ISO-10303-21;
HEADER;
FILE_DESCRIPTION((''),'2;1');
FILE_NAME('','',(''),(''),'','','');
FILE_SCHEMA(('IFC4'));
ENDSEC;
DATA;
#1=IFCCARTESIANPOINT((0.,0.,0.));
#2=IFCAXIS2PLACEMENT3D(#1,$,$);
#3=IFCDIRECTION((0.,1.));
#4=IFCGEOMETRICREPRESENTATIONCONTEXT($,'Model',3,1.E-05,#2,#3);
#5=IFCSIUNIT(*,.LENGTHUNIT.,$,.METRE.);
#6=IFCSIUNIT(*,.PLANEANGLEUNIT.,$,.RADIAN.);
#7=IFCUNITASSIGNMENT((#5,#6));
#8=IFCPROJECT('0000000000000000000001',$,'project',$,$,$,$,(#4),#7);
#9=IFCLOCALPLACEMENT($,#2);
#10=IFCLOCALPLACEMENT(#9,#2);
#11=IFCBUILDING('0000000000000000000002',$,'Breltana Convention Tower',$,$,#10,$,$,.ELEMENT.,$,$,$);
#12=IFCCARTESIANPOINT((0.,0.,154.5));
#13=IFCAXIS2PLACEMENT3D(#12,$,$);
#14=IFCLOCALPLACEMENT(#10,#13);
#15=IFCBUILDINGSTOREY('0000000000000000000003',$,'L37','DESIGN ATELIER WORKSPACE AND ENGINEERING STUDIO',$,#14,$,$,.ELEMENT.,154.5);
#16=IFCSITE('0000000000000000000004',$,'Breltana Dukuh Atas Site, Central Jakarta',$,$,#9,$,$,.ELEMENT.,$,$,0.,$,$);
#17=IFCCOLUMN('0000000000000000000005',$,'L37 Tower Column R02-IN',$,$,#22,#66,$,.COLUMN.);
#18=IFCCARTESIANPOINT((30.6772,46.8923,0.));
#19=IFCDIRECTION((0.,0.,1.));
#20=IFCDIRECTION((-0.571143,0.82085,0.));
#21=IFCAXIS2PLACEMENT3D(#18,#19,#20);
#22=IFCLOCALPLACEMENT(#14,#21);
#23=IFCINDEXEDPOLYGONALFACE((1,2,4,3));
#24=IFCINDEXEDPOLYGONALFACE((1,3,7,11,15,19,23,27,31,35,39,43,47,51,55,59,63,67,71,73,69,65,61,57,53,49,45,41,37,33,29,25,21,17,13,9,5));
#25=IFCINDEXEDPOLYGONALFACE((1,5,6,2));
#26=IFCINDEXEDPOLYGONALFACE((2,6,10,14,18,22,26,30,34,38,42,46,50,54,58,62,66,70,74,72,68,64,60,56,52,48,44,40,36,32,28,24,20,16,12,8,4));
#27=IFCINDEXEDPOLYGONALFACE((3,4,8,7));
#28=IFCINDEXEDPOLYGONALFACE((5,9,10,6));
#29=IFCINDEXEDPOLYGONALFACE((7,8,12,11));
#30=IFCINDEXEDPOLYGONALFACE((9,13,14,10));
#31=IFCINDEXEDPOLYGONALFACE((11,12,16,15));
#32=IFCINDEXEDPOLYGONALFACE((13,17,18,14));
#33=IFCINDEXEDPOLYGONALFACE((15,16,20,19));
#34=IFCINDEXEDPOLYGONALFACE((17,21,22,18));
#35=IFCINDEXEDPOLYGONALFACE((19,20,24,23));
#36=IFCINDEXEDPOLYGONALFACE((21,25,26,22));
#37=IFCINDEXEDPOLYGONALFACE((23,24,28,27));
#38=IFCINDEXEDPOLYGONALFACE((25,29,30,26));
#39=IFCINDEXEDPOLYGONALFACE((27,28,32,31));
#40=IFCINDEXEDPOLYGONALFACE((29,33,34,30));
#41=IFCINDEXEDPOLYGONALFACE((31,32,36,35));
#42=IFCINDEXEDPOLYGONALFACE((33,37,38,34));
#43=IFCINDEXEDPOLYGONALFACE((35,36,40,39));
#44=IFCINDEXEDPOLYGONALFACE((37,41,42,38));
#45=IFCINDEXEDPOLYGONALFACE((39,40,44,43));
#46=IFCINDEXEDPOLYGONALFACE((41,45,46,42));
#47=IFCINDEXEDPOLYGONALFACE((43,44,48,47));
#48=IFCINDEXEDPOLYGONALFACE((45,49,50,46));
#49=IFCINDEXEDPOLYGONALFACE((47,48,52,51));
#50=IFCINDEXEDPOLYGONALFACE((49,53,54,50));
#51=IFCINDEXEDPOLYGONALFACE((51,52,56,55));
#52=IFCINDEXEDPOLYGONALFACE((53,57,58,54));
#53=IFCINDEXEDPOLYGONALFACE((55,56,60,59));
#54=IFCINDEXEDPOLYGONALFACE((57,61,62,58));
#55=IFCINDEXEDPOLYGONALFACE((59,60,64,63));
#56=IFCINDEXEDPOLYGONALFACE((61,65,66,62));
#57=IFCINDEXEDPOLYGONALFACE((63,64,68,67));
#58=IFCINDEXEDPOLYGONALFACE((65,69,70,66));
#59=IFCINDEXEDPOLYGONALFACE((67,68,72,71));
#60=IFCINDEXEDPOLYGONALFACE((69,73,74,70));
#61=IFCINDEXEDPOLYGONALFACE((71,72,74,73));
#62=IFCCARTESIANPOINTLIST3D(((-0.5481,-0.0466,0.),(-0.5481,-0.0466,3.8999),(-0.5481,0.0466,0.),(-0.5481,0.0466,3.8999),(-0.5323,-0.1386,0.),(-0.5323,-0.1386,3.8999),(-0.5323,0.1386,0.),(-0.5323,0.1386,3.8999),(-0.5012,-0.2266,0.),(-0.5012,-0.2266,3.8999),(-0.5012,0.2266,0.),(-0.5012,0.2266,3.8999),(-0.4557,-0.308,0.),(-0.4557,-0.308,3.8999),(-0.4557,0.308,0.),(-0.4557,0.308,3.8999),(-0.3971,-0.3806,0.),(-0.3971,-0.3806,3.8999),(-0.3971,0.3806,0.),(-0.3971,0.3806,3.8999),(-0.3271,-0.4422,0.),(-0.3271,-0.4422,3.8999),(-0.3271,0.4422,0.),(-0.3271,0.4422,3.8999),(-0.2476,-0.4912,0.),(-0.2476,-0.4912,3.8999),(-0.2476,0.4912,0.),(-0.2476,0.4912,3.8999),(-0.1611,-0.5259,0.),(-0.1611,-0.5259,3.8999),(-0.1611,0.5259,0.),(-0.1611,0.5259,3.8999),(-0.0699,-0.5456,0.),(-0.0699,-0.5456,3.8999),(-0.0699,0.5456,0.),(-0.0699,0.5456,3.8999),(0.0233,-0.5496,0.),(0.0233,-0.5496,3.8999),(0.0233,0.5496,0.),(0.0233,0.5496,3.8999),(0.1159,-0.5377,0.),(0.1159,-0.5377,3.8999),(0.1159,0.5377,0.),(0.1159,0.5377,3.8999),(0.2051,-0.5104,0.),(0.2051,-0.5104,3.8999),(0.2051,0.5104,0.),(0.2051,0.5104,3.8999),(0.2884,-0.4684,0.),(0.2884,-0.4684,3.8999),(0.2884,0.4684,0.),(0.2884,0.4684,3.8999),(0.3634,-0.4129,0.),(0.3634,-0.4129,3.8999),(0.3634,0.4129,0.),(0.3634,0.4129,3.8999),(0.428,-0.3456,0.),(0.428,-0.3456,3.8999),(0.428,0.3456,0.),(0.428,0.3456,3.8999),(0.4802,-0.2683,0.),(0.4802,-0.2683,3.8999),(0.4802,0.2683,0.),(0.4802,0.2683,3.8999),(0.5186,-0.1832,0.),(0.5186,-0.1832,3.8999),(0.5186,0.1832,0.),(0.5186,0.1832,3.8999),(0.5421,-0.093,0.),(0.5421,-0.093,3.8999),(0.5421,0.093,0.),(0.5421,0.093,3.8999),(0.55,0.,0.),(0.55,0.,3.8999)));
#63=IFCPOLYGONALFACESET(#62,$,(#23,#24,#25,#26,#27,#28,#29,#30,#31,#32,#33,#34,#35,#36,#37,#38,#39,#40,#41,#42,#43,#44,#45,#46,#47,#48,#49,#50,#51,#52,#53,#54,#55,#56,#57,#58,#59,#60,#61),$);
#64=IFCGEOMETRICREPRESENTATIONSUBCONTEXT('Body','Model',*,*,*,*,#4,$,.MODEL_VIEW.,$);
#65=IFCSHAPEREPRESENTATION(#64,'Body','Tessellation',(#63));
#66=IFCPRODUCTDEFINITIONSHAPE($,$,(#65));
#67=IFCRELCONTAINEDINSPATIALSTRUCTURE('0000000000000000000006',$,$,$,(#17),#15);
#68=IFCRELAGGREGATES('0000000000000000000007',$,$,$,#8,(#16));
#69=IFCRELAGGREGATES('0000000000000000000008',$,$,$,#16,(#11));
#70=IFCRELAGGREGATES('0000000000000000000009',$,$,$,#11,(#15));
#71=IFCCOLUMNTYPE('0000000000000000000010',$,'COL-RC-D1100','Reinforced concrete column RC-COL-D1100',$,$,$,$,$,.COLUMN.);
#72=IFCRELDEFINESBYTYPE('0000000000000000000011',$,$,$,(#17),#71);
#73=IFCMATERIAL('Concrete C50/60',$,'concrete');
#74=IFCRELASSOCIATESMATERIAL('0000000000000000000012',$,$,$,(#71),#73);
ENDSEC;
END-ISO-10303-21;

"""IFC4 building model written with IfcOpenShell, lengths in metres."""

from ifc_helpers import new_model, si_unit, direction, frame, origin, origin_2d, place, context, subcontext, project, spatial, circle, extrude, source, transform, mapped, material, material_profile, profile_set, type_object, element, save


model = new_model("IFC4")

# Units and contexts
model_context = context("Model", 3, precision=1e-05, world=origin(), true_north=direction((0.0, 1.0)))
body_context = subcontext(model_context, "Body", "Model", "MODEL_VIEW")
ifc_project = project(units=[si_unit("LENGTHUNIT", "METRE"), si_unit("PLANEANGLEUNIT", "RADIAN")], contexts=[model_context])

# Site, building, storey
site_placement = place(None, origin())
site = spatial("IfcSite", under=ifc_project, at=site_placement, Name="Breltana Dukuh Atas Site, Central Jakarta", CompositionType="ELEMENT", RefElevation=0.0)
building_placement = place(site_placement, origin())
building = spatial("IfcBuilding", under=site, at=building_placement, Name="Breltana Convention Tower", CompositionType="ELEMENT")
storey_placement = place(building_placement, frame((0.0, 0.0, 154.5)))
storey = spatial("IfcBuildingStorey", under=building, at=storey_placement, Name="L37", Description="DESIGN ATELIER WORKSPACE AND ENGINEERING STUDIO", CompositionType="ELEMENT", Elevation=154.5)

# Column
ifc_material_1 = material(Name="Concrete C50/60", Category="concrete")
ifc_material_profile_1 = material_profile(ifc_material_1, circle(Radius=0.55, at=origin_2d()), Name="RC-COL-D1100")
ifc_profile_set_1 = profile_set([ifc_material_profile_1], Name="Concrete C50/60")
column_type = type_object("IfcColumnType", Name="COL-RC-D1100", Description="Reinforced concrete column RC-COL-D1100", PredefinedType="COLUMN", material=ifc_profile_set_1)
shared_shape_1 = source(origin(), body_context, "Body", "SweptSolid", [
    extrude(circle(Radius=0.55, at=origin_2d()), origin(), (0.0, 0.0, 1.0), 3.8999),
])
for number, where, z_axis, x_axis, name in (
    (1, (30.6772, 46.8923, 0.0), (0.0, 0.0, 1.0), (-0.571143, 0.82085, 0.0), "L37 Tower Column R02-IN"),
):
    element("IfcColumn", number, at=place(storey_placement, frame(where, z_axis=z_axis, x_axis=x_axis)), inside=storey, type_object=column_type, Name=name, PredefinedType="COLUMN", context=body_context, shape_type="MappedRepresentation", body=[
        mapped(shared_shape_1, transform((0.0, 0.0, 0.0), scale=1.0)),
    ])

save(model, "model.ifc")
